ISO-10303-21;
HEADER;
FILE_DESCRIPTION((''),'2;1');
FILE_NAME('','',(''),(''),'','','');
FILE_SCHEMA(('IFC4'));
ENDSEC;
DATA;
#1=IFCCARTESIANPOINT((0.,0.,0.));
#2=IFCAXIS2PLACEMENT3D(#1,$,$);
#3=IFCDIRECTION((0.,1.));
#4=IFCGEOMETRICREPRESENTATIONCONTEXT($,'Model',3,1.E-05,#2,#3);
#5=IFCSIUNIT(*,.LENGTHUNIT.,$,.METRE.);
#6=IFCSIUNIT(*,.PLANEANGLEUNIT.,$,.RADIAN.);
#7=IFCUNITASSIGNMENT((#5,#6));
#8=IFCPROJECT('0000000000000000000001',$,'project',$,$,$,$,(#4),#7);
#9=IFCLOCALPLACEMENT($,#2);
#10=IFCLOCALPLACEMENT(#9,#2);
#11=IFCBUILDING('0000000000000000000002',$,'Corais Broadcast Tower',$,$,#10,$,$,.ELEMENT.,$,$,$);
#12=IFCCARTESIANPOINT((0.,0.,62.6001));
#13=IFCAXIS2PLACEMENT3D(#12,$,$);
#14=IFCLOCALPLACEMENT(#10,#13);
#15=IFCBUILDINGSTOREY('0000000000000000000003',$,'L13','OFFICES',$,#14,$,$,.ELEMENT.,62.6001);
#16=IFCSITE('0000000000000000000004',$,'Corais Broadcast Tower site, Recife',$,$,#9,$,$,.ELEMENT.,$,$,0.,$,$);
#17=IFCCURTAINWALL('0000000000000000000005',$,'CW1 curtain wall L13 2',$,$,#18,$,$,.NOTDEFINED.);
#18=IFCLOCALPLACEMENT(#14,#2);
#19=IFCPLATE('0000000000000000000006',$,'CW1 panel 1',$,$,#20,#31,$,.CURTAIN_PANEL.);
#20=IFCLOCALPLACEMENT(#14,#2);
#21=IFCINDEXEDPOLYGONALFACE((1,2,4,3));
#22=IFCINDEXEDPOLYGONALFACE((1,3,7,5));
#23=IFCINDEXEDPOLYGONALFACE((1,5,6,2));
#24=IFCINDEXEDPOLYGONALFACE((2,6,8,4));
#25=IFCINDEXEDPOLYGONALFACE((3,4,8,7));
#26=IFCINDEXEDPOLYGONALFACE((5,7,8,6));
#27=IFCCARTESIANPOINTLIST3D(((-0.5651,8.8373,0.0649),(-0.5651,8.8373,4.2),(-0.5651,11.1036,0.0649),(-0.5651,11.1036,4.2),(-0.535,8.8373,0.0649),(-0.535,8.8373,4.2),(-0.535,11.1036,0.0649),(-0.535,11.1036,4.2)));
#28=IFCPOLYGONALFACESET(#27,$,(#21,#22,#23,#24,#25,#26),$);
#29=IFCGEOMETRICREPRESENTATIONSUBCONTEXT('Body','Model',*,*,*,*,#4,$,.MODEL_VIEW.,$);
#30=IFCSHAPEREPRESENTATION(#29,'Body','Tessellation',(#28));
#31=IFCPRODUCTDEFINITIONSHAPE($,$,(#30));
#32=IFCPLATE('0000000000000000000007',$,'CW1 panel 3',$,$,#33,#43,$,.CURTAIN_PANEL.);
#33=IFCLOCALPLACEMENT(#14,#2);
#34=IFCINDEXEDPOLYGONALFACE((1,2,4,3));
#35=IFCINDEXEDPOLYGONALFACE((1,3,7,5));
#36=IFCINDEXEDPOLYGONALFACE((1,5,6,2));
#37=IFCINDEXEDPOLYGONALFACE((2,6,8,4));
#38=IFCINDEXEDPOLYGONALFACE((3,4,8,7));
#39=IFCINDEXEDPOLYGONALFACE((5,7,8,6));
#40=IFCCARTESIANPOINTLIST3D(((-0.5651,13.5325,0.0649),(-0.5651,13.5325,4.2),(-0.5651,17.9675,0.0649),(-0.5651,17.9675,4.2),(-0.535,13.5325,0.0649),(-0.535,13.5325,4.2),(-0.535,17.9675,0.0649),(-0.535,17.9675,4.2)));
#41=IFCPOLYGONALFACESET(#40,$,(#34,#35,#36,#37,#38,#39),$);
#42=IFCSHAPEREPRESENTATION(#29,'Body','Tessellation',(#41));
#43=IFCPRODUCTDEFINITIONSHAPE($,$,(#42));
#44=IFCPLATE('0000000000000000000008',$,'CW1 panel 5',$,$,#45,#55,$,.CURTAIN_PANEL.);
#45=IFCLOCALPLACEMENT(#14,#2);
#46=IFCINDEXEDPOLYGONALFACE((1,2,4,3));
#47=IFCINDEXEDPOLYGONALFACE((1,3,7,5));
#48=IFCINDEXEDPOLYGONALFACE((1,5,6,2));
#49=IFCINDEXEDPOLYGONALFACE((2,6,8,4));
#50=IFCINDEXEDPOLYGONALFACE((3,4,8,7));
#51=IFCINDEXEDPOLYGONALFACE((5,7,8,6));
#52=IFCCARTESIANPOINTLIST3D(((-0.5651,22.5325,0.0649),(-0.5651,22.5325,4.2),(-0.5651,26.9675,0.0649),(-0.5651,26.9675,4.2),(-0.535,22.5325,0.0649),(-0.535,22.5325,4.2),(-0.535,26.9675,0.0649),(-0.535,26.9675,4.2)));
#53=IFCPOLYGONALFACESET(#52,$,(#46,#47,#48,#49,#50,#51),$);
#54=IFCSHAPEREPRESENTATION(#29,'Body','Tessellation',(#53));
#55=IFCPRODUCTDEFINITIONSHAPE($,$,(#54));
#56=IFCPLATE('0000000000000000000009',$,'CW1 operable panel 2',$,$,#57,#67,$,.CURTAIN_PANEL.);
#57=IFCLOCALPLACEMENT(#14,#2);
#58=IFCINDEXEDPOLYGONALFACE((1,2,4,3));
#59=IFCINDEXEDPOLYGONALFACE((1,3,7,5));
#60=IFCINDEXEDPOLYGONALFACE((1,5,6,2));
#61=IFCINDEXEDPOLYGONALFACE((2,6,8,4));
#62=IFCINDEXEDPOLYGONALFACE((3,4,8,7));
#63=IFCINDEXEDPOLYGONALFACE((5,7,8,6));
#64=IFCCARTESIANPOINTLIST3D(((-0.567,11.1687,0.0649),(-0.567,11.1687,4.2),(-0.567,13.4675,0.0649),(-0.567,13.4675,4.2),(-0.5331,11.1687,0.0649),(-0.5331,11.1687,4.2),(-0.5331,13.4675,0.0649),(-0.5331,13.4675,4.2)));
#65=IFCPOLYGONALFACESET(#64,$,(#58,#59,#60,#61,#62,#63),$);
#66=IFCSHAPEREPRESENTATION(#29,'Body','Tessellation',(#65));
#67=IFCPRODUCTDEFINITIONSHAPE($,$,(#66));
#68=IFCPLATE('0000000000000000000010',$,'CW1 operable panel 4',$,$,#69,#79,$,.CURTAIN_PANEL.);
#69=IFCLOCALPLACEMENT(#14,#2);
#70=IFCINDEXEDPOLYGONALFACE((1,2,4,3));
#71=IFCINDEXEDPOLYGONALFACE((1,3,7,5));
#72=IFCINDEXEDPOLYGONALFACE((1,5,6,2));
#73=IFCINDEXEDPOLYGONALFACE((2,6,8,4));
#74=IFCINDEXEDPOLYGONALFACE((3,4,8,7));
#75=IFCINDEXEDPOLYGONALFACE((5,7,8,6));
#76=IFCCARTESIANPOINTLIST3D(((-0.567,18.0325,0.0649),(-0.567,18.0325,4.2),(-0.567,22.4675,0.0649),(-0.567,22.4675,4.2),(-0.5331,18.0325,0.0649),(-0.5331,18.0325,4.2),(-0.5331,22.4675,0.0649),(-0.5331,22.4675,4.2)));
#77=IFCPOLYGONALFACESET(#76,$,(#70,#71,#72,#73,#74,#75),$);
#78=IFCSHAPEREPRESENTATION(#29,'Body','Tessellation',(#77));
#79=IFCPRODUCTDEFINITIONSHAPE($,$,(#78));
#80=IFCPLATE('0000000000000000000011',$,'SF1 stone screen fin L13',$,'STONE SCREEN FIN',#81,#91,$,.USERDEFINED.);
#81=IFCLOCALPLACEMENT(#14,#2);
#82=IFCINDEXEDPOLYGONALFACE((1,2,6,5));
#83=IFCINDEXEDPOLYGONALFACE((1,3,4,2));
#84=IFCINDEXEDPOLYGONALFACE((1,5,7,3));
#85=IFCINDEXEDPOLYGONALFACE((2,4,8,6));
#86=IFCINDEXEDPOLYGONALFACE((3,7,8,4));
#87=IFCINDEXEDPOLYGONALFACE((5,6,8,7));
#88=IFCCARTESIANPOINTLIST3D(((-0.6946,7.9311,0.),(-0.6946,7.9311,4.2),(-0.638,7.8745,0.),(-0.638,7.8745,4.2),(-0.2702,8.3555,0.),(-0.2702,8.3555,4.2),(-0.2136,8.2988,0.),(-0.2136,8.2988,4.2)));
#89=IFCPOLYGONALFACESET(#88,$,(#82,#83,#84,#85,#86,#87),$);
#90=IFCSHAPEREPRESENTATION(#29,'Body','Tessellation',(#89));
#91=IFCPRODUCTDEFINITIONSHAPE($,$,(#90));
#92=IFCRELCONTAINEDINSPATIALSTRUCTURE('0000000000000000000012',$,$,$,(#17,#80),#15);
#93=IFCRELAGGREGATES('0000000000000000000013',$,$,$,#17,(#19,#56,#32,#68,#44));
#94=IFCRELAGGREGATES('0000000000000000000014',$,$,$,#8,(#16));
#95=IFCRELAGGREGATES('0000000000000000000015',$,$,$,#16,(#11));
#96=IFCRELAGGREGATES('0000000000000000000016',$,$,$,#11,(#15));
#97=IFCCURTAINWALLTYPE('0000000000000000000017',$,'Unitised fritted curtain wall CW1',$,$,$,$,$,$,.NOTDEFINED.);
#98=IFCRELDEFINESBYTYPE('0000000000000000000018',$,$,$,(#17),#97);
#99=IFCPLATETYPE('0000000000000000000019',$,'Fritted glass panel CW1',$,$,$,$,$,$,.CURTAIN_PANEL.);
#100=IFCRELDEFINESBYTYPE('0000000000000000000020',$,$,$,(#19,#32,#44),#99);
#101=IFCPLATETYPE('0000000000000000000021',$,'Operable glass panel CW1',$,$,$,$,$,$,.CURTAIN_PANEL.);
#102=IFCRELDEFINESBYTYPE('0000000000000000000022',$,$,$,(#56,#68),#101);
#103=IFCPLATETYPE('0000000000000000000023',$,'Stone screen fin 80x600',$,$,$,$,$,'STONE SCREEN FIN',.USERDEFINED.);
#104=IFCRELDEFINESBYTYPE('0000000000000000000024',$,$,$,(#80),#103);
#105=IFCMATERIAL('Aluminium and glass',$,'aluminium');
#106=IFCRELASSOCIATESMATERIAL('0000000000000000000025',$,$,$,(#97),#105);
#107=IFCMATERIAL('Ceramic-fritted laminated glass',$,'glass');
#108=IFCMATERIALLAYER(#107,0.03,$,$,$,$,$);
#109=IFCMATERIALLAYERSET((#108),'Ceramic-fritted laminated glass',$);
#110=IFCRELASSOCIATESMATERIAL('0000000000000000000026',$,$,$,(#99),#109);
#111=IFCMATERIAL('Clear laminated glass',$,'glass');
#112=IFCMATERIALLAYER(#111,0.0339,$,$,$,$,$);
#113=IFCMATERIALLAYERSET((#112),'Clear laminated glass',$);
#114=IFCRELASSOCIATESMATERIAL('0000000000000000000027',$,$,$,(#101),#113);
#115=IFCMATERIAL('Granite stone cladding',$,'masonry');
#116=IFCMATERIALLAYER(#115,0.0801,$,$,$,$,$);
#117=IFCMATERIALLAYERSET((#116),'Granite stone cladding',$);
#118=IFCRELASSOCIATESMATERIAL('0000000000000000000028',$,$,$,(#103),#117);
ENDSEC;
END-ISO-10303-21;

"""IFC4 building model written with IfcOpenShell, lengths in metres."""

from ifc_helpers import new_model, si_unit, direction, frame, origin, origin_2d, place, context, subcontext, project, spatial, rectangle, extrude, material, layer, layer_set, type_object, element, aggregate, save


model = new_model("IFC4")

# Units and contexts
model_context = context("Model", 3, precision=1e-05, world=origin(), true_north=direction((0.0, 1.0)))
body_context = subcontext(model_context, "Body", "Model", "MODEL_VIEW")
ifc_project = project(units=[si_unit("LENGTHUNIT", "METRE"), si_unit("PLANEANGLEUNIT", "RADIAN")], contexts=[model_context])

# Site, building, storey
site_placement = place(None, origin())
site = spatial("IfcSite", under=ifc_project, at=site_placement, Name="Corais Broadcast Tower site, Recife", CompositionType="ELEMENT", RefElevation=0.0)
building_placement = place(site_placement, origin())
building = spatial("IfcBuilding", under=site, at=building_placement, Name="Corais Broadcast Tower", CompositionType="ELEMENT")
storey_placement = place(building_placement, frame((0.0, 0.0, 62.6001)))
storey = spatial("IfcBuildingStorey", under=building, at=storey_placement, Name="L13", Description="OFFICES", CompositionType="ELEMENT", Elevation=62.6001)

# Shared definitions
ifc_material_1 = material(Name="Aluminium and glass", Category="aluminium")
curtain_wall_type = type_object("IfcCurtainWallType", Name="Unitised fritted curtain wall CW1", PredefinedType="NOTDEFINED", material=ifc_material_1)

# Curtain wall
curtain_wall_1_placement = place(storey_placement, origin())
curtain_wall_1 = element("IfcCurtainWall", 1, at=curtain_wall_1_placement, inside=storey, type_object=curtain_wall_type, Name="CW1 curtain wall L13 2", PredefinedType="NOTDEFINED")

# Plates
ifc_material_2 = material(Name="Ceramic-fritted laminated glass", Category="glass")
ifc_layer_1 = layer(ifc_material_2, 0.03)
ifc_layer_set_1 = layer_set([ifc_layer_1], Name="Ceramic-fritted laminated glass")
plate_type_1 = type_object("IfcPlateType", Name="Fritted glass panel CW1", PredefinedType="CURTAIN_PANEL", material=ifc_layer_set_1)
plate_1_placement = place(storey_placement, frame((-0.55, 9.9705, 0.0649), z_axis=(0.0, 0.0, 1.0), x_axis=(0.0, 1.0, 0.0)))
plate_1 = element("IfcPlate", 2, at=plate_1_placement, type_object=plate_type_1, Name="CW1 panel 1", PredefinedType="CURTAIN_PANEL", context=body_context, shape_type="SweptSolid", body=[
    extrude(rectangle(XDim=2.2664, YDim=0.03, at=origin_2d()), origin(), (0.0, 0.0, 1.0), 4.135),
])
plate_2_placement = place(storey_placement, frame((-0.55, 15.75, 0.0649), z_axis=(0.0, 0.0, 1.0), x_axis=(0.0, 1.0, 0.0)))
plate_2 = element("IfcPlate", 3, at=plate_2_placement, type_object=plate_type_1, Name="CW1 panel 3", PredefinedType="CURTAIN_PANEL", context=body_context, shape_type="SweptSolid", body=[
    extrude(rectangle(XDim=4.4351, YDim=0.03, at=origin_2d()), origin(), (0.0, 0.0, 1.0), 4.135),
])
plate_3_placement = place(storey_placement, frame((-0.55, 24.75, 0.0649), z_axis=(0.0, 0.0, 1.0), x_axis=(0.0, 1.0, 0.0)))
plate_3 = element("IfcPlate", 4, at=plate_3_placement, type_object=plate_type_1, Name="CW1 panel 5", PredefinedType="CURTAIN_PANEL", context=body_context, shape_type="SweptSolid", body=[
    extrude(rectangle(XDim=4.4351, YDim=0.03, at=origin_2d()), origin(), (0.0, 0.0, 1.0), 4.135),
])
ifc_material_3 = material(Name="Clear laminated glass", Category="glass")
ifc_layer_2 = layer(ifc_material_3, 0.0339)
ifc_layer_set_2 = layer_set([ifc_layer_2], Name="Clear laminated glass")
plate_type_2 = type_object("IfcPlateType", Name="Operable glass panel CW1", PredefinedType="CURTAIN_PANEL", material=ifc_layer_set_2)
plate_4_placement = place(storey_placement, frame((-0.55, 12.3181, 0.0649), z_axis=(0.0, 0.0, 1.0), x_axis=(0.0, 1.0, 0.0)))
plate_4 = element("IfcPlate", 5, at=plate_4_placement, type_object=plate_type_2, Name="CW1 operable panel 2", PredefinedType="CURTAIN_PANEL", context=body_context, shape_type="SweptSolid", body=[
    extrude(rectangle(XDim=2.2988, YDim=0.0339, at=origin_2d()), origin(), (0.0, 0.0, 1.0), 4.135),
])
plate_5_placement = place(storey_placement, frame((-0.55, 20.25, 0.0649), z_axis=(0.0, 0.0, 1.0), x_axis=(0.0, 1.0, 0.0)))
plate_5 = element("IfcPlate", 6, at=plate_5_placement, type_object=plate_type_2, Name="CW1 operable panel 4", PredefinedType="CURTAIN_PANEL", context=body_context, shape_type="SweptSolid", body=[
    extrude(rectangle(XDim=4.4351, YDim=0.0339, at=origin_2d()), origin(), (0.0, 0.0, 1.0), 4.135),
])
aggregate(curtain_wall_1, [plate_1, plate_4, plate_2, plate_5, plate_3])
ifc_material_4 = material(Name="Granite stone cladding", Category="masonry")
ifc_layer_3 = layer(ifc_material_4, 0.0801)
ifc_layer_set_3 = layer_set([ifc_layer_3], Name="Granite stone cladding")
plate_type_3 = type_object("IfcPlateType", Name="Stone screen fin 80x600", ElementType="STONE SCREEN FIN", PredefinedType="USERDEFINED", material=ifc_layer_set_3)
plate_6_placement = place(storey_placement, frame((-0.4541, 8.115, 0.0), z_axis=(0.0, 0.0, 1.0), x_axis=(-0.707107, 0.707107, 0.0)))
element("IfcPlate", 7, at=plate_6_placement, inside=storey, type_object=plate_type_3, Name="SF1 stone screen fin L13", ObjectType="STONE SCREEN FIN", PredefinedType="USERDEFINED", context=body_context, shape_type="SweptSolid", body=[
    extrude(rectangle(XDim=0.0801, YDim=0.6001, at=origin_2d()), origin(), (0.0, 0.0, 1.0), 4.2),
])

save(model, "model.ifc")
